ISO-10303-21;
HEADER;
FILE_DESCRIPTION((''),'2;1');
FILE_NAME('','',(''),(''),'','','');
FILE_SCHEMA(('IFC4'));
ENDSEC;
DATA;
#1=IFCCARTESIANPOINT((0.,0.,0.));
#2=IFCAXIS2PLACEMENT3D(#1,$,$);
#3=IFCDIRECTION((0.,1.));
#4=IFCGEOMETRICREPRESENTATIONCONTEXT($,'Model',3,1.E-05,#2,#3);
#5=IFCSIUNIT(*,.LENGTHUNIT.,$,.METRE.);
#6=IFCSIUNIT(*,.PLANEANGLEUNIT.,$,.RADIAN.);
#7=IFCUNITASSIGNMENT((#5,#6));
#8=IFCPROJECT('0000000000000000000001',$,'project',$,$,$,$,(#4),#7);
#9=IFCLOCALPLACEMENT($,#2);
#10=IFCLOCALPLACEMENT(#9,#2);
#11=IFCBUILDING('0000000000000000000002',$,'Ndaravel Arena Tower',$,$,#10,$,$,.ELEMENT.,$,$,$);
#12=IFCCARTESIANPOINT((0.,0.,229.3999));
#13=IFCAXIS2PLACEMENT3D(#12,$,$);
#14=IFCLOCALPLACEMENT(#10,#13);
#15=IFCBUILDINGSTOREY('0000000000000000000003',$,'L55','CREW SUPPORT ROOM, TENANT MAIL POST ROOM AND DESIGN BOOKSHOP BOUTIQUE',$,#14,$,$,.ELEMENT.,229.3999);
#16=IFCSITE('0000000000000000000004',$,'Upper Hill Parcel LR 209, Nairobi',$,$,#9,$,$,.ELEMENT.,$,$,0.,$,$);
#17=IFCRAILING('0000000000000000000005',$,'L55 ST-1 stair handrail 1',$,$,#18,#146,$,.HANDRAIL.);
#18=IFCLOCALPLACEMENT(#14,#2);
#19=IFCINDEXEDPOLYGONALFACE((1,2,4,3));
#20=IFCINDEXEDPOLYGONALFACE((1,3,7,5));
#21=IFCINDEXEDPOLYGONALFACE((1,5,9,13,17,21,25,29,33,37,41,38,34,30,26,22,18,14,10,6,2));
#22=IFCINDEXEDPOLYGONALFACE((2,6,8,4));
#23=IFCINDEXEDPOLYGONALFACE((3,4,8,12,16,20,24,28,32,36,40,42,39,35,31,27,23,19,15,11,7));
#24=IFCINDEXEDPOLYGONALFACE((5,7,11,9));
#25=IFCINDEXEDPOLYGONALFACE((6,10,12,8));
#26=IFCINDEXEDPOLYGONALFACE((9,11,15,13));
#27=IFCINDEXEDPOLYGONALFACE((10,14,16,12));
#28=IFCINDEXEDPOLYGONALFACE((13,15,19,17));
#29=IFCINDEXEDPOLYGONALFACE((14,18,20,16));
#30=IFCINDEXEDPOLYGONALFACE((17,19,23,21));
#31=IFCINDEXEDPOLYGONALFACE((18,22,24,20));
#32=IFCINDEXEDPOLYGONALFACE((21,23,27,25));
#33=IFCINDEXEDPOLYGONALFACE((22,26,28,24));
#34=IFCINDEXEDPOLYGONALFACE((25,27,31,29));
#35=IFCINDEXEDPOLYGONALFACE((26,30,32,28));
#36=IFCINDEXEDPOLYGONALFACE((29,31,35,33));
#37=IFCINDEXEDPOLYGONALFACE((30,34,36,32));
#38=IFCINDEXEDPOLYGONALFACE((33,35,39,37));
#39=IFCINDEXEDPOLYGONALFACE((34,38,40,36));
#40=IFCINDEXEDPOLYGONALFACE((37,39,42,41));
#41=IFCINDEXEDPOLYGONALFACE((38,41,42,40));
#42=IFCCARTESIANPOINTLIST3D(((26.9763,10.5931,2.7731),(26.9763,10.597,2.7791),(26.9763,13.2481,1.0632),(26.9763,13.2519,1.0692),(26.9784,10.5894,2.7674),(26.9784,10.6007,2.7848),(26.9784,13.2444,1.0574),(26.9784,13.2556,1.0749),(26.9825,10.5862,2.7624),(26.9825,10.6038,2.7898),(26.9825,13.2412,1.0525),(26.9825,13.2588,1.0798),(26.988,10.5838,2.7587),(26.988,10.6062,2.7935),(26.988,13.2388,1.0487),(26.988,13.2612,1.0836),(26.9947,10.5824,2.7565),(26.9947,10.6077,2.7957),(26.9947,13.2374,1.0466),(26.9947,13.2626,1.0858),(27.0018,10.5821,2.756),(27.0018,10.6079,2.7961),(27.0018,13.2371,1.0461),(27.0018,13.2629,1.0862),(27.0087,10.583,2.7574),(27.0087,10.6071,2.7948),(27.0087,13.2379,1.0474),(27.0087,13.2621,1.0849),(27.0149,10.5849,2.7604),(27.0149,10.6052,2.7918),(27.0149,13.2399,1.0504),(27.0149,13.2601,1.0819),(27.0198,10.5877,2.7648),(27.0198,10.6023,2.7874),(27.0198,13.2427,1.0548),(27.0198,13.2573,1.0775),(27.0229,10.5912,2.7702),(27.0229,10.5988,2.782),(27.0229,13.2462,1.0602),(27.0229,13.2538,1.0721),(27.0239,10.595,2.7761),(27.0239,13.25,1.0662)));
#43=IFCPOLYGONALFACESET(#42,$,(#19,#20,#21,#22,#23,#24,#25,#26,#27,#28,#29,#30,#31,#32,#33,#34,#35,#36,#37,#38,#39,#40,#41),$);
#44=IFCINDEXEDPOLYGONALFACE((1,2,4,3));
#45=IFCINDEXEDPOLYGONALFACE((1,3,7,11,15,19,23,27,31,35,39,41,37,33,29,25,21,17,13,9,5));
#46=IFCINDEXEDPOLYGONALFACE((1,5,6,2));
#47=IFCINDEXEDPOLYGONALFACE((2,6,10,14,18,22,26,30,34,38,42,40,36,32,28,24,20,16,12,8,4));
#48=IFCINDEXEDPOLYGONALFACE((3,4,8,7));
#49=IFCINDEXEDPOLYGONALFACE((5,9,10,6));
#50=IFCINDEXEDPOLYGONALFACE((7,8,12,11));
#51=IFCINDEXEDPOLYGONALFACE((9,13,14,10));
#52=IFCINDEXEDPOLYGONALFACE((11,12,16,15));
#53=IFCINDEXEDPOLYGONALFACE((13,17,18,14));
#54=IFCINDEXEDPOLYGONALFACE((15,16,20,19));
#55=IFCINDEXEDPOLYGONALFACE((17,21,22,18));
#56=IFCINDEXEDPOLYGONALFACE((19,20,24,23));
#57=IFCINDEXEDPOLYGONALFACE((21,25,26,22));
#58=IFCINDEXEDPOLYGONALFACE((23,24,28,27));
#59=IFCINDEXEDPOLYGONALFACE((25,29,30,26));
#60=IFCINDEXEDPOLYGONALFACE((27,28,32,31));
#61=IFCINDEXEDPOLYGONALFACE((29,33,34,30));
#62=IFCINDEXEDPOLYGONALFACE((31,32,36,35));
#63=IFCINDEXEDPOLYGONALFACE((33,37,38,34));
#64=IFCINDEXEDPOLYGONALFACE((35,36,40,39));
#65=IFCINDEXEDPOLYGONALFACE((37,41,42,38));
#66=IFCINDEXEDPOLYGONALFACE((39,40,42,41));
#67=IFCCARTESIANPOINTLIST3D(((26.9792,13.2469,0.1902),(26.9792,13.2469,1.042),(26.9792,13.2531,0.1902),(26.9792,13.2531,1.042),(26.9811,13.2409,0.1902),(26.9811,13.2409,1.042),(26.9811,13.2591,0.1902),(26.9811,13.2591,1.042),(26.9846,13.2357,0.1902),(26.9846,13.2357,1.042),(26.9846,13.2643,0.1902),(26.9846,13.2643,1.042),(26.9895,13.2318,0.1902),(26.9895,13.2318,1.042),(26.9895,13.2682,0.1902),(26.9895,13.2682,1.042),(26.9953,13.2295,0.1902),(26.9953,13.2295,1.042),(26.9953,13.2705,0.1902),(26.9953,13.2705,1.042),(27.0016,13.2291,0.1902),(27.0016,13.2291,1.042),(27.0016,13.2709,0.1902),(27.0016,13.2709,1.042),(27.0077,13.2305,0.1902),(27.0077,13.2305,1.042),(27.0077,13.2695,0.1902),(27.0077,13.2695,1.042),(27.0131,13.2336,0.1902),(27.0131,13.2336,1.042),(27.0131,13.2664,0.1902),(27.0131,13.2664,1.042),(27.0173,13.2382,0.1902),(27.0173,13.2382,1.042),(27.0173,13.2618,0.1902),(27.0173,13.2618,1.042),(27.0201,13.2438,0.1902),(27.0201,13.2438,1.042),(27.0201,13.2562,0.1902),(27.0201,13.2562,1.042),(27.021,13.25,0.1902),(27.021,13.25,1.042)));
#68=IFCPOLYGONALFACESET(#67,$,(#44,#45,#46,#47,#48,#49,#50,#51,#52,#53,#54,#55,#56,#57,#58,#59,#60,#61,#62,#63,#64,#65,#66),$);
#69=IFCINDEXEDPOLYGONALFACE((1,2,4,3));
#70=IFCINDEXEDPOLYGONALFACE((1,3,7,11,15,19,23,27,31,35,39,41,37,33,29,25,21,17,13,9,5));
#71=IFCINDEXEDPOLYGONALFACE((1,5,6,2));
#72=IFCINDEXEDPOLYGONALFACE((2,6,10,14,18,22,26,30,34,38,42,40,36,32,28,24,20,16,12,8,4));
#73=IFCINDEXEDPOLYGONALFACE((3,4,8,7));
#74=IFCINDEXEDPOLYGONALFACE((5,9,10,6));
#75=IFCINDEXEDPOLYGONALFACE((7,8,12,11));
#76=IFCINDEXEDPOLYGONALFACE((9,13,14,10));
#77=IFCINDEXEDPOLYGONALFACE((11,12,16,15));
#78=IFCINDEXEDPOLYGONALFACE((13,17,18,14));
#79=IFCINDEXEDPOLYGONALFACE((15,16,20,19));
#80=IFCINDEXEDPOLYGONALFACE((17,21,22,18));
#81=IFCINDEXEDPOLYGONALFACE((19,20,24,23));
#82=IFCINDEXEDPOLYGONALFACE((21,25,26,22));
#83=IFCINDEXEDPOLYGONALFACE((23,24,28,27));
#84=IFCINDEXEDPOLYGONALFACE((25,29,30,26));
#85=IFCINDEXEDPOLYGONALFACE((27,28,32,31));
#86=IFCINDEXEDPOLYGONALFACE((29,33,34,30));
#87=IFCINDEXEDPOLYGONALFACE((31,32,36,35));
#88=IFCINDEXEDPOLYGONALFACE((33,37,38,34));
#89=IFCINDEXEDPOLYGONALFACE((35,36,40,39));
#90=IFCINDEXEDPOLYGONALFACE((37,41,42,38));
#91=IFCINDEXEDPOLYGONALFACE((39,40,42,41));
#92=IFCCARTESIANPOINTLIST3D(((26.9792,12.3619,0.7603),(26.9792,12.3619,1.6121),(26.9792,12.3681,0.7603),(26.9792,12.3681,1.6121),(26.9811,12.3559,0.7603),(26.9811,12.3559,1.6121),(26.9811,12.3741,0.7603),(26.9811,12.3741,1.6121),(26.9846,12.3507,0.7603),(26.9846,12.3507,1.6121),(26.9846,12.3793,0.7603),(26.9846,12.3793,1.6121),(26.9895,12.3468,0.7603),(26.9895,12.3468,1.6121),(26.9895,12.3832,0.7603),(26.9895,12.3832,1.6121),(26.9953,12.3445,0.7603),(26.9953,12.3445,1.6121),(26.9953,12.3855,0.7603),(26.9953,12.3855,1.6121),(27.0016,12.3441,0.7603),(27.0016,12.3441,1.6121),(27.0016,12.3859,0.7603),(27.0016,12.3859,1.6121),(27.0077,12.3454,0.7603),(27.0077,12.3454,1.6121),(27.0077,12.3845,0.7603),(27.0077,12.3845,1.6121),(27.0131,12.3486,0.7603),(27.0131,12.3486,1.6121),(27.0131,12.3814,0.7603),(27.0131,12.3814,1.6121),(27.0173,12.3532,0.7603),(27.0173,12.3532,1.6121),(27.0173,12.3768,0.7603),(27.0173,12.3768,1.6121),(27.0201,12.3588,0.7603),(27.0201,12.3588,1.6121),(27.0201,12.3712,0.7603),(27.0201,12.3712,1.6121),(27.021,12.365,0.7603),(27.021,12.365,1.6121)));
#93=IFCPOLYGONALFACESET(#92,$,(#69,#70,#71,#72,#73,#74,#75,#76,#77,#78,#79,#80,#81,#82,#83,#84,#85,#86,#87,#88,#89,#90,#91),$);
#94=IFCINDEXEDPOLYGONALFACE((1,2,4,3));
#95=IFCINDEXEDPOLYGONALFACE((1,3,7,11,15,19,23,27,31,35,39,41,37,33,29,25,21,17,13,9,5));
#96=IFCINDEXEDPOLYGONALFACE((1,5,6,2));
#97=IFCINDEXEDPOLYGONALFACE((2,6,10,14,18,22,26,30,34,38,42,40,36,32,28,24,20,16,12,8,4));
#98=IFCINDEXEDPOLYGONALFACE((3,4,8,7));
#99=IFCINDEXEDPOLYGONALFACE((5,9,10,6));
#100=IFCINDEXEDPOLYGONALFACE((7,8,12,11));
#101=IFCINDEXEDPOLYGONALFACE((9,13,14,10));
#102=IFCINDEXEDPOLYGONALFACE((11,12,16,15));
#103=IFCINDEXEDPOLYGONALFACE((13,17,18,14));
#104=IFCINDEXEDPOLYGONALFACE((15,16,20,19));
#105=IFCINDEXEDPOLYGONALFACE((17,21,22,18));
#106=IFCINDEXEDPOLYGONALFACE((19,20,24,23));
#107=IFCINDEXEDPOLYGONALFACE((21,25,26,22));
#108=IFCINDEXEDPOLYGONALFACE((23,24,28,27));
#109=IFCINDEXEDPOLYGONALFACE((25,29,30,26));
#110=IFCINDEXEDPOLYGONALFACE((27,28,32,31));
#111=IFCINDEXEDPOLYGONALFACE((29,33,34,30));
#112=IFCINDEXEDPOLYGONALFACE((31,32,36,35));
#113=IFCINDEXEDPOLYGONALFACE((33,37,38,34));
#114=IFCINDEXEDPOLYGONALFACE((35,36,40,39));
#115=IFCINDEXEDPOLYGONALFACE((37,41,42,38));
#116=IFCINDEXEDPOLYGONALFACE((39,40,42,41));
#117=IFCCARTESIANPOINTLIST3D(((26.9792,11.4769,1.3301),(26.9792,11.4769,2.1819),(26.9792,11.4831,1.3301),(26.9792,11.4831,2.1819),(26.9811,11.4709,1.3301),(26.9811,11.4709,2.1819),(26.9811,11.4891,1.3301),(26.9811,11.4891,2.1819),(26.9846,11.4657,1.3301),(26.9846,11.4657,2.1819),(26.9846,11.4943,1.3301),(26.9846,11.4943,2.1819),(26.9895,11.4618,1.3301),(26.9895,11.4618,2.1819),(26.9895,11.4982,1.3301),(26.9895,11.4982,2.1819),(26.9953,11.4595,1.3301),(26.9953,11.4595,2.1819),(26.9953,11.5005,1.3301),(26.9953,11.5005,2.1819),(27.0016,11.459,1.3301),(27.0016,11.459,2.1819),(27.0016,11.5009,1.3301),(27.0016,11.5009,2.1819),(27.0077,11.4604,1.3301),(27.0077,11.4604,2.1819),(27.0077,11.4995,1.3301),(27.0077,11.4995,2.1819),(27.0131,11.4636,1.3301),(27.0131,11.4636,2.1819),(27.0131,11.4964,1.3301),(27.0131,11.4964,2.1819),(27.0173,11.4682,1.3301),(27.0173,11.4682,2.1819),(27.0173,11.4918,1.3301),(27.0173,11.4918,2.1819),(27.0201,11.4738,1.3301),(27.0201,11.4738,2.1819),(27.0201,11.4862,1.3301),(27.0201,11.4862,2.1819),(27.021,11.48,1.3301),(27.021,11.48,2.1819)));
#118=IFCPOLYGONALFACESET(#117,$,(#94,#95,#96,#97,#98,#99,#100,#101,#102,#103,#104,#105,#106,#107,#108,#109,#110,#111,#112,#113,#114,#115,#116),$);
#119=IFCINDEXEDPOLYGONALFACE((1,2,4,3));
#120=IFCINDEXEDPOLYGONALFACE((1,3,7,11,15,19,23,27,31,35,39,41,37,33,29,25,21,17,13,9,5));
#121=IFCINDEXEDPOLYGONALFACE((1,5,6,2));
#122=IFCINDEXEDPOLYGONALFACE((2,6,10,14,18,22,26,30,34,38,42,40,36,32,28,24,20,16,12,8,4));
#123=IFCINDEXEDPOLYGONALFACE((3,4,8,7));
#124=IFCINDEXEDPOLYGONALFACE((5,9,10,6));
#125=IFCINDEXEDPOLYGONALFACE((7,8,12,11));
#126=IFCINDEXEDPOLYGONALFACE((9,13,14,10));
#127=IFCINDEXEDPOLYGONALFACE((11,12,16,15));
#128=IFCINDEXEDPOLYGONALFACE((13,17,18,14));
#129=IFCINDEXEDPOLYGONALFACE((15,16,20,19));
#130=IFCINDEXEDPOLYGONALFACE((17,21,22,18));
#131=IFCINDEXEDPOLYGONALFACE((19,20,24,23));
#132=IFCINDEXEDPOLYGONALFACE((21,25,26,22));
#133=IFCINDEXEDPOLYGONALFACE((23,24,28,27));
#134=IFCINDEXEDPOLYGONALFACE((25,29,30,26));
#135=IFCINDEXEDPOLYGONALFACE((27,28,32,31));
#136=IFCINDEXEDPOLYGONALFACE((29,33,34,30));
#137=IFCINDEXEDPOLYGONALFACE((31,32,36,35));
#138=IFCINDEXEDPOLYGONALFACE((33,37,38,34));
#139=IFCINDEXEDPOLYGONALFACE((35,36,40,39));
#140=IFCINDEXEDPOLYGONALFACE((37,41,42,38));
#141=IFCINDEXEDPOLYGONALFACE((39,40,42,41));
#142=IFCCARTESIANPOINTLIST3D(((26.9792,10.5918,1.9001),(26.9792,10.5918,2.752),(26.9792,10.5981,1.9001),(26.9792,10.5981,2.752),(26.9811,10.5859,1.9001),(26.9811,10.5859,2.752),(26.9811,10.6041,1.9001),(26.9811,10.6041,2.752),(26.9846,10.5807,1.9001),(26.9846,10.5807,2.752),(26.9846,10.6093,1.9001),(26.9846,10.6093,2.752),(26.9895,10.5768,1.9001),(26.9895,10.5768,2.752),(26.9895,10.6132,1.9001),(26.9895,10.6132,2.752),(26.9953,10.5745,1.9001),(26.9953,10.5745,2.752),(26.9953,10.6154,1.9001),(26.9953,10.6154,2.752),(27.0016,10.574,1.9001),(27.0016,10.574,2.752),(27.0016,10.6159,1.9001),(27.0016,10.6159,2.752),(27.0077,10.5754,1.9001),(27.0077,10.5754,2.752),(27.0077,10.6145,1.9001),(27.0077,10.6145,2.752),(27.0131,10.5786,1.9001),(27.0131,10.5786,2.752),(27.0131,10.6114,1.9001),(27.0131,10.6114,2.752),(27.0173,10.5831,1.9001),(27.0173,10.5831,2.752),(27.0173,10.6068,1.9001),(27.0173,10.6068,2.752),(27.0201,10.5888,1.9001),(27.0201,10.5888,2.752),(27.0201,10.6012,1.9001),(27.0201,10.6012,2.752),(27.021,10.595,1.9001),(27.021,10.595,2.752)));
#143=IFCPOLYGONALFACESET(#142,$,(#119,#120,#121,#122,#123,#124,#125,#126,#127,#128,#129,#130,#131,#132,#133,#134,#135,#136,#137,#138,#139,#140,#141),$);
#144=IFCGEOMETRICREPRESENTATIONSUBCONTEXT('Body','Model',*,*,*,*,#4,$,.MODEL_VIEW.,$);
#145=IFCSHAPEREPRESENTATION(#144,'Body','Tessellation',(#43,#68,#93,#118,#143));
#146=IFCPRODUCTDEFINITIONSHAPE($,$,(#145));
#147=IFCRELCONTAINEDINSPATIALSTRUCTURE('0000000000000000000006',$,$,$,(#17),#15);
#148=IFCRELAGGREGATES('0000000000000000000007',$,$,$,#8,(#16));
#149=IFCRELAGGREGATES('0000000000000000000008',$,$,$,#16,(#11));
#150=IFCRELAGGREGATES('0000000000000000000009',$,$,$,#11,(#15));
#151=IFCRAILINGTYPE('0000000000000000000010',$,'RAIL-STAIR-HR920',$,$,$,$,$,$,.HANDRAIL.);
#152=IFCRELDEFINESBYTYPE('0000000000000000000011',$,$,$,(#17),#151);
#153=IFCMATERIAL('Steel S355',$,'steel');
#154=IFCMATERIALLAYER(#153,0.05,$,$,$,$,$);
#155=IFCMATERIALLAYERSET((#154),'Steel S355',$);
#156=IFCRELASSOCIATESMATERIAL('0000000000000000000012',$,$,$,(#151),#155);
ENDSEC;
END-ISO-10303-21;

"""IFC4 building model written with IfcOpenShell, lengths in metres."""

from ifc_helpers import new_model, si_unit, direction, frame, origin, origin_2d, place, context, subcontext, project, spatial, circle, extrude, material, layer, layer_set, type_object, element, save


model = new_model("IFC4")

# Units and contexts
model_context = context("Model", 3, precision=1e-05, world=origin(), true_north=direction((0.0, 1.0)))
body_context = subcontext(model_context, "Body", "Model", "MODEL_VIEW")
ifc_project = project(units=[si_unit("LENGTHUNIT", "METRE"), si_unit("PLANEANGLEUNIT", "RADIAN")], contexts=[model_context])

# Site, building, storey
site_placement = place(None, origin())
site = spatial("IfcSite", under=ifc_project, at=site_placement, Name="Upper Hill Parcel LR 209, Nairobi", CompositionType="ELEMENT", RefElevation=0.0)
building_placement = place(site_placement, origin())
building = spatial("IfcBuilding", under=site, at=building_placement, Name="Ndaravel Arena Tower", CompositionType="ELEMENT")
storey_placement = place(building_placement, frame((0.0, 0.0, 229.3999)))
storey = spatial("IfcBuildingStorey", under=building, at=storey_placement, Name="L55", Description="CREW SUPPORT ROOM, TENANT MAIL POST ROOM AND DESIGN BOOKSHOP BOUTIQUE", CompositionType="ELEMENT", Elevation=229.3999)

# Railing
ifc_material_1 = material(Name="Steel S355", Category="steel")
ifc_layer_1 = layer(ifc_material_1, 0.05)
ifc_layer_set_1 = layer_set([ifc_layer_1], Name="Steel S355")
railing_type_1 = type_object("IfcRailingType", Name="RAIL-STAIR-HR920", PredefinedType="HANDRAIL", material=ifc_layer_set_1)
railing_1_placement = place(storey_placement, frame((27.0, 13.25, 0.1902)))
element("IfcRailing", 1, at=railing_1_placement, inside=storey, type_object=railing_type_1, Name="L55 ST-1 stair handrail 1", PredefinedType="HANDRAIL", context=body_context, shape_type="SweptSolid", body=[
    extrude(circle(Radius=0.0239, at=origin_2d()), frame((0.0, 0.0, 0.876), z_axis=(0.0, -0.840724, 0.541465), x_axis=(1.0, 0.0, 0.0)), (0.0, 0.0, 1.0), 3.158),
    extrude(circle(Radius=0.021, at=origin_2d()), origin(), (0.0, 0.0, 1.0), 0.8518),
    extrude(circle(Radius=0.021, at=origin_2d()), frame((0.0, -0.885, 0.5701)), (0.0, 0.0, 1.0), 0.8518),
    extrude(circle(Radius=0.021, at=origin_2d()), frame((0.0, -1.77, 1.1399)), (0.0, 0.0, 1.0), 0.8518),
    extrude(circle(Radius=0.021, at=origin_2d()), frame((0.0, -2.655, 1.71)), (0.0, 0.0, 1.0), 0.8518),
])

save(model, "model.ifc")
